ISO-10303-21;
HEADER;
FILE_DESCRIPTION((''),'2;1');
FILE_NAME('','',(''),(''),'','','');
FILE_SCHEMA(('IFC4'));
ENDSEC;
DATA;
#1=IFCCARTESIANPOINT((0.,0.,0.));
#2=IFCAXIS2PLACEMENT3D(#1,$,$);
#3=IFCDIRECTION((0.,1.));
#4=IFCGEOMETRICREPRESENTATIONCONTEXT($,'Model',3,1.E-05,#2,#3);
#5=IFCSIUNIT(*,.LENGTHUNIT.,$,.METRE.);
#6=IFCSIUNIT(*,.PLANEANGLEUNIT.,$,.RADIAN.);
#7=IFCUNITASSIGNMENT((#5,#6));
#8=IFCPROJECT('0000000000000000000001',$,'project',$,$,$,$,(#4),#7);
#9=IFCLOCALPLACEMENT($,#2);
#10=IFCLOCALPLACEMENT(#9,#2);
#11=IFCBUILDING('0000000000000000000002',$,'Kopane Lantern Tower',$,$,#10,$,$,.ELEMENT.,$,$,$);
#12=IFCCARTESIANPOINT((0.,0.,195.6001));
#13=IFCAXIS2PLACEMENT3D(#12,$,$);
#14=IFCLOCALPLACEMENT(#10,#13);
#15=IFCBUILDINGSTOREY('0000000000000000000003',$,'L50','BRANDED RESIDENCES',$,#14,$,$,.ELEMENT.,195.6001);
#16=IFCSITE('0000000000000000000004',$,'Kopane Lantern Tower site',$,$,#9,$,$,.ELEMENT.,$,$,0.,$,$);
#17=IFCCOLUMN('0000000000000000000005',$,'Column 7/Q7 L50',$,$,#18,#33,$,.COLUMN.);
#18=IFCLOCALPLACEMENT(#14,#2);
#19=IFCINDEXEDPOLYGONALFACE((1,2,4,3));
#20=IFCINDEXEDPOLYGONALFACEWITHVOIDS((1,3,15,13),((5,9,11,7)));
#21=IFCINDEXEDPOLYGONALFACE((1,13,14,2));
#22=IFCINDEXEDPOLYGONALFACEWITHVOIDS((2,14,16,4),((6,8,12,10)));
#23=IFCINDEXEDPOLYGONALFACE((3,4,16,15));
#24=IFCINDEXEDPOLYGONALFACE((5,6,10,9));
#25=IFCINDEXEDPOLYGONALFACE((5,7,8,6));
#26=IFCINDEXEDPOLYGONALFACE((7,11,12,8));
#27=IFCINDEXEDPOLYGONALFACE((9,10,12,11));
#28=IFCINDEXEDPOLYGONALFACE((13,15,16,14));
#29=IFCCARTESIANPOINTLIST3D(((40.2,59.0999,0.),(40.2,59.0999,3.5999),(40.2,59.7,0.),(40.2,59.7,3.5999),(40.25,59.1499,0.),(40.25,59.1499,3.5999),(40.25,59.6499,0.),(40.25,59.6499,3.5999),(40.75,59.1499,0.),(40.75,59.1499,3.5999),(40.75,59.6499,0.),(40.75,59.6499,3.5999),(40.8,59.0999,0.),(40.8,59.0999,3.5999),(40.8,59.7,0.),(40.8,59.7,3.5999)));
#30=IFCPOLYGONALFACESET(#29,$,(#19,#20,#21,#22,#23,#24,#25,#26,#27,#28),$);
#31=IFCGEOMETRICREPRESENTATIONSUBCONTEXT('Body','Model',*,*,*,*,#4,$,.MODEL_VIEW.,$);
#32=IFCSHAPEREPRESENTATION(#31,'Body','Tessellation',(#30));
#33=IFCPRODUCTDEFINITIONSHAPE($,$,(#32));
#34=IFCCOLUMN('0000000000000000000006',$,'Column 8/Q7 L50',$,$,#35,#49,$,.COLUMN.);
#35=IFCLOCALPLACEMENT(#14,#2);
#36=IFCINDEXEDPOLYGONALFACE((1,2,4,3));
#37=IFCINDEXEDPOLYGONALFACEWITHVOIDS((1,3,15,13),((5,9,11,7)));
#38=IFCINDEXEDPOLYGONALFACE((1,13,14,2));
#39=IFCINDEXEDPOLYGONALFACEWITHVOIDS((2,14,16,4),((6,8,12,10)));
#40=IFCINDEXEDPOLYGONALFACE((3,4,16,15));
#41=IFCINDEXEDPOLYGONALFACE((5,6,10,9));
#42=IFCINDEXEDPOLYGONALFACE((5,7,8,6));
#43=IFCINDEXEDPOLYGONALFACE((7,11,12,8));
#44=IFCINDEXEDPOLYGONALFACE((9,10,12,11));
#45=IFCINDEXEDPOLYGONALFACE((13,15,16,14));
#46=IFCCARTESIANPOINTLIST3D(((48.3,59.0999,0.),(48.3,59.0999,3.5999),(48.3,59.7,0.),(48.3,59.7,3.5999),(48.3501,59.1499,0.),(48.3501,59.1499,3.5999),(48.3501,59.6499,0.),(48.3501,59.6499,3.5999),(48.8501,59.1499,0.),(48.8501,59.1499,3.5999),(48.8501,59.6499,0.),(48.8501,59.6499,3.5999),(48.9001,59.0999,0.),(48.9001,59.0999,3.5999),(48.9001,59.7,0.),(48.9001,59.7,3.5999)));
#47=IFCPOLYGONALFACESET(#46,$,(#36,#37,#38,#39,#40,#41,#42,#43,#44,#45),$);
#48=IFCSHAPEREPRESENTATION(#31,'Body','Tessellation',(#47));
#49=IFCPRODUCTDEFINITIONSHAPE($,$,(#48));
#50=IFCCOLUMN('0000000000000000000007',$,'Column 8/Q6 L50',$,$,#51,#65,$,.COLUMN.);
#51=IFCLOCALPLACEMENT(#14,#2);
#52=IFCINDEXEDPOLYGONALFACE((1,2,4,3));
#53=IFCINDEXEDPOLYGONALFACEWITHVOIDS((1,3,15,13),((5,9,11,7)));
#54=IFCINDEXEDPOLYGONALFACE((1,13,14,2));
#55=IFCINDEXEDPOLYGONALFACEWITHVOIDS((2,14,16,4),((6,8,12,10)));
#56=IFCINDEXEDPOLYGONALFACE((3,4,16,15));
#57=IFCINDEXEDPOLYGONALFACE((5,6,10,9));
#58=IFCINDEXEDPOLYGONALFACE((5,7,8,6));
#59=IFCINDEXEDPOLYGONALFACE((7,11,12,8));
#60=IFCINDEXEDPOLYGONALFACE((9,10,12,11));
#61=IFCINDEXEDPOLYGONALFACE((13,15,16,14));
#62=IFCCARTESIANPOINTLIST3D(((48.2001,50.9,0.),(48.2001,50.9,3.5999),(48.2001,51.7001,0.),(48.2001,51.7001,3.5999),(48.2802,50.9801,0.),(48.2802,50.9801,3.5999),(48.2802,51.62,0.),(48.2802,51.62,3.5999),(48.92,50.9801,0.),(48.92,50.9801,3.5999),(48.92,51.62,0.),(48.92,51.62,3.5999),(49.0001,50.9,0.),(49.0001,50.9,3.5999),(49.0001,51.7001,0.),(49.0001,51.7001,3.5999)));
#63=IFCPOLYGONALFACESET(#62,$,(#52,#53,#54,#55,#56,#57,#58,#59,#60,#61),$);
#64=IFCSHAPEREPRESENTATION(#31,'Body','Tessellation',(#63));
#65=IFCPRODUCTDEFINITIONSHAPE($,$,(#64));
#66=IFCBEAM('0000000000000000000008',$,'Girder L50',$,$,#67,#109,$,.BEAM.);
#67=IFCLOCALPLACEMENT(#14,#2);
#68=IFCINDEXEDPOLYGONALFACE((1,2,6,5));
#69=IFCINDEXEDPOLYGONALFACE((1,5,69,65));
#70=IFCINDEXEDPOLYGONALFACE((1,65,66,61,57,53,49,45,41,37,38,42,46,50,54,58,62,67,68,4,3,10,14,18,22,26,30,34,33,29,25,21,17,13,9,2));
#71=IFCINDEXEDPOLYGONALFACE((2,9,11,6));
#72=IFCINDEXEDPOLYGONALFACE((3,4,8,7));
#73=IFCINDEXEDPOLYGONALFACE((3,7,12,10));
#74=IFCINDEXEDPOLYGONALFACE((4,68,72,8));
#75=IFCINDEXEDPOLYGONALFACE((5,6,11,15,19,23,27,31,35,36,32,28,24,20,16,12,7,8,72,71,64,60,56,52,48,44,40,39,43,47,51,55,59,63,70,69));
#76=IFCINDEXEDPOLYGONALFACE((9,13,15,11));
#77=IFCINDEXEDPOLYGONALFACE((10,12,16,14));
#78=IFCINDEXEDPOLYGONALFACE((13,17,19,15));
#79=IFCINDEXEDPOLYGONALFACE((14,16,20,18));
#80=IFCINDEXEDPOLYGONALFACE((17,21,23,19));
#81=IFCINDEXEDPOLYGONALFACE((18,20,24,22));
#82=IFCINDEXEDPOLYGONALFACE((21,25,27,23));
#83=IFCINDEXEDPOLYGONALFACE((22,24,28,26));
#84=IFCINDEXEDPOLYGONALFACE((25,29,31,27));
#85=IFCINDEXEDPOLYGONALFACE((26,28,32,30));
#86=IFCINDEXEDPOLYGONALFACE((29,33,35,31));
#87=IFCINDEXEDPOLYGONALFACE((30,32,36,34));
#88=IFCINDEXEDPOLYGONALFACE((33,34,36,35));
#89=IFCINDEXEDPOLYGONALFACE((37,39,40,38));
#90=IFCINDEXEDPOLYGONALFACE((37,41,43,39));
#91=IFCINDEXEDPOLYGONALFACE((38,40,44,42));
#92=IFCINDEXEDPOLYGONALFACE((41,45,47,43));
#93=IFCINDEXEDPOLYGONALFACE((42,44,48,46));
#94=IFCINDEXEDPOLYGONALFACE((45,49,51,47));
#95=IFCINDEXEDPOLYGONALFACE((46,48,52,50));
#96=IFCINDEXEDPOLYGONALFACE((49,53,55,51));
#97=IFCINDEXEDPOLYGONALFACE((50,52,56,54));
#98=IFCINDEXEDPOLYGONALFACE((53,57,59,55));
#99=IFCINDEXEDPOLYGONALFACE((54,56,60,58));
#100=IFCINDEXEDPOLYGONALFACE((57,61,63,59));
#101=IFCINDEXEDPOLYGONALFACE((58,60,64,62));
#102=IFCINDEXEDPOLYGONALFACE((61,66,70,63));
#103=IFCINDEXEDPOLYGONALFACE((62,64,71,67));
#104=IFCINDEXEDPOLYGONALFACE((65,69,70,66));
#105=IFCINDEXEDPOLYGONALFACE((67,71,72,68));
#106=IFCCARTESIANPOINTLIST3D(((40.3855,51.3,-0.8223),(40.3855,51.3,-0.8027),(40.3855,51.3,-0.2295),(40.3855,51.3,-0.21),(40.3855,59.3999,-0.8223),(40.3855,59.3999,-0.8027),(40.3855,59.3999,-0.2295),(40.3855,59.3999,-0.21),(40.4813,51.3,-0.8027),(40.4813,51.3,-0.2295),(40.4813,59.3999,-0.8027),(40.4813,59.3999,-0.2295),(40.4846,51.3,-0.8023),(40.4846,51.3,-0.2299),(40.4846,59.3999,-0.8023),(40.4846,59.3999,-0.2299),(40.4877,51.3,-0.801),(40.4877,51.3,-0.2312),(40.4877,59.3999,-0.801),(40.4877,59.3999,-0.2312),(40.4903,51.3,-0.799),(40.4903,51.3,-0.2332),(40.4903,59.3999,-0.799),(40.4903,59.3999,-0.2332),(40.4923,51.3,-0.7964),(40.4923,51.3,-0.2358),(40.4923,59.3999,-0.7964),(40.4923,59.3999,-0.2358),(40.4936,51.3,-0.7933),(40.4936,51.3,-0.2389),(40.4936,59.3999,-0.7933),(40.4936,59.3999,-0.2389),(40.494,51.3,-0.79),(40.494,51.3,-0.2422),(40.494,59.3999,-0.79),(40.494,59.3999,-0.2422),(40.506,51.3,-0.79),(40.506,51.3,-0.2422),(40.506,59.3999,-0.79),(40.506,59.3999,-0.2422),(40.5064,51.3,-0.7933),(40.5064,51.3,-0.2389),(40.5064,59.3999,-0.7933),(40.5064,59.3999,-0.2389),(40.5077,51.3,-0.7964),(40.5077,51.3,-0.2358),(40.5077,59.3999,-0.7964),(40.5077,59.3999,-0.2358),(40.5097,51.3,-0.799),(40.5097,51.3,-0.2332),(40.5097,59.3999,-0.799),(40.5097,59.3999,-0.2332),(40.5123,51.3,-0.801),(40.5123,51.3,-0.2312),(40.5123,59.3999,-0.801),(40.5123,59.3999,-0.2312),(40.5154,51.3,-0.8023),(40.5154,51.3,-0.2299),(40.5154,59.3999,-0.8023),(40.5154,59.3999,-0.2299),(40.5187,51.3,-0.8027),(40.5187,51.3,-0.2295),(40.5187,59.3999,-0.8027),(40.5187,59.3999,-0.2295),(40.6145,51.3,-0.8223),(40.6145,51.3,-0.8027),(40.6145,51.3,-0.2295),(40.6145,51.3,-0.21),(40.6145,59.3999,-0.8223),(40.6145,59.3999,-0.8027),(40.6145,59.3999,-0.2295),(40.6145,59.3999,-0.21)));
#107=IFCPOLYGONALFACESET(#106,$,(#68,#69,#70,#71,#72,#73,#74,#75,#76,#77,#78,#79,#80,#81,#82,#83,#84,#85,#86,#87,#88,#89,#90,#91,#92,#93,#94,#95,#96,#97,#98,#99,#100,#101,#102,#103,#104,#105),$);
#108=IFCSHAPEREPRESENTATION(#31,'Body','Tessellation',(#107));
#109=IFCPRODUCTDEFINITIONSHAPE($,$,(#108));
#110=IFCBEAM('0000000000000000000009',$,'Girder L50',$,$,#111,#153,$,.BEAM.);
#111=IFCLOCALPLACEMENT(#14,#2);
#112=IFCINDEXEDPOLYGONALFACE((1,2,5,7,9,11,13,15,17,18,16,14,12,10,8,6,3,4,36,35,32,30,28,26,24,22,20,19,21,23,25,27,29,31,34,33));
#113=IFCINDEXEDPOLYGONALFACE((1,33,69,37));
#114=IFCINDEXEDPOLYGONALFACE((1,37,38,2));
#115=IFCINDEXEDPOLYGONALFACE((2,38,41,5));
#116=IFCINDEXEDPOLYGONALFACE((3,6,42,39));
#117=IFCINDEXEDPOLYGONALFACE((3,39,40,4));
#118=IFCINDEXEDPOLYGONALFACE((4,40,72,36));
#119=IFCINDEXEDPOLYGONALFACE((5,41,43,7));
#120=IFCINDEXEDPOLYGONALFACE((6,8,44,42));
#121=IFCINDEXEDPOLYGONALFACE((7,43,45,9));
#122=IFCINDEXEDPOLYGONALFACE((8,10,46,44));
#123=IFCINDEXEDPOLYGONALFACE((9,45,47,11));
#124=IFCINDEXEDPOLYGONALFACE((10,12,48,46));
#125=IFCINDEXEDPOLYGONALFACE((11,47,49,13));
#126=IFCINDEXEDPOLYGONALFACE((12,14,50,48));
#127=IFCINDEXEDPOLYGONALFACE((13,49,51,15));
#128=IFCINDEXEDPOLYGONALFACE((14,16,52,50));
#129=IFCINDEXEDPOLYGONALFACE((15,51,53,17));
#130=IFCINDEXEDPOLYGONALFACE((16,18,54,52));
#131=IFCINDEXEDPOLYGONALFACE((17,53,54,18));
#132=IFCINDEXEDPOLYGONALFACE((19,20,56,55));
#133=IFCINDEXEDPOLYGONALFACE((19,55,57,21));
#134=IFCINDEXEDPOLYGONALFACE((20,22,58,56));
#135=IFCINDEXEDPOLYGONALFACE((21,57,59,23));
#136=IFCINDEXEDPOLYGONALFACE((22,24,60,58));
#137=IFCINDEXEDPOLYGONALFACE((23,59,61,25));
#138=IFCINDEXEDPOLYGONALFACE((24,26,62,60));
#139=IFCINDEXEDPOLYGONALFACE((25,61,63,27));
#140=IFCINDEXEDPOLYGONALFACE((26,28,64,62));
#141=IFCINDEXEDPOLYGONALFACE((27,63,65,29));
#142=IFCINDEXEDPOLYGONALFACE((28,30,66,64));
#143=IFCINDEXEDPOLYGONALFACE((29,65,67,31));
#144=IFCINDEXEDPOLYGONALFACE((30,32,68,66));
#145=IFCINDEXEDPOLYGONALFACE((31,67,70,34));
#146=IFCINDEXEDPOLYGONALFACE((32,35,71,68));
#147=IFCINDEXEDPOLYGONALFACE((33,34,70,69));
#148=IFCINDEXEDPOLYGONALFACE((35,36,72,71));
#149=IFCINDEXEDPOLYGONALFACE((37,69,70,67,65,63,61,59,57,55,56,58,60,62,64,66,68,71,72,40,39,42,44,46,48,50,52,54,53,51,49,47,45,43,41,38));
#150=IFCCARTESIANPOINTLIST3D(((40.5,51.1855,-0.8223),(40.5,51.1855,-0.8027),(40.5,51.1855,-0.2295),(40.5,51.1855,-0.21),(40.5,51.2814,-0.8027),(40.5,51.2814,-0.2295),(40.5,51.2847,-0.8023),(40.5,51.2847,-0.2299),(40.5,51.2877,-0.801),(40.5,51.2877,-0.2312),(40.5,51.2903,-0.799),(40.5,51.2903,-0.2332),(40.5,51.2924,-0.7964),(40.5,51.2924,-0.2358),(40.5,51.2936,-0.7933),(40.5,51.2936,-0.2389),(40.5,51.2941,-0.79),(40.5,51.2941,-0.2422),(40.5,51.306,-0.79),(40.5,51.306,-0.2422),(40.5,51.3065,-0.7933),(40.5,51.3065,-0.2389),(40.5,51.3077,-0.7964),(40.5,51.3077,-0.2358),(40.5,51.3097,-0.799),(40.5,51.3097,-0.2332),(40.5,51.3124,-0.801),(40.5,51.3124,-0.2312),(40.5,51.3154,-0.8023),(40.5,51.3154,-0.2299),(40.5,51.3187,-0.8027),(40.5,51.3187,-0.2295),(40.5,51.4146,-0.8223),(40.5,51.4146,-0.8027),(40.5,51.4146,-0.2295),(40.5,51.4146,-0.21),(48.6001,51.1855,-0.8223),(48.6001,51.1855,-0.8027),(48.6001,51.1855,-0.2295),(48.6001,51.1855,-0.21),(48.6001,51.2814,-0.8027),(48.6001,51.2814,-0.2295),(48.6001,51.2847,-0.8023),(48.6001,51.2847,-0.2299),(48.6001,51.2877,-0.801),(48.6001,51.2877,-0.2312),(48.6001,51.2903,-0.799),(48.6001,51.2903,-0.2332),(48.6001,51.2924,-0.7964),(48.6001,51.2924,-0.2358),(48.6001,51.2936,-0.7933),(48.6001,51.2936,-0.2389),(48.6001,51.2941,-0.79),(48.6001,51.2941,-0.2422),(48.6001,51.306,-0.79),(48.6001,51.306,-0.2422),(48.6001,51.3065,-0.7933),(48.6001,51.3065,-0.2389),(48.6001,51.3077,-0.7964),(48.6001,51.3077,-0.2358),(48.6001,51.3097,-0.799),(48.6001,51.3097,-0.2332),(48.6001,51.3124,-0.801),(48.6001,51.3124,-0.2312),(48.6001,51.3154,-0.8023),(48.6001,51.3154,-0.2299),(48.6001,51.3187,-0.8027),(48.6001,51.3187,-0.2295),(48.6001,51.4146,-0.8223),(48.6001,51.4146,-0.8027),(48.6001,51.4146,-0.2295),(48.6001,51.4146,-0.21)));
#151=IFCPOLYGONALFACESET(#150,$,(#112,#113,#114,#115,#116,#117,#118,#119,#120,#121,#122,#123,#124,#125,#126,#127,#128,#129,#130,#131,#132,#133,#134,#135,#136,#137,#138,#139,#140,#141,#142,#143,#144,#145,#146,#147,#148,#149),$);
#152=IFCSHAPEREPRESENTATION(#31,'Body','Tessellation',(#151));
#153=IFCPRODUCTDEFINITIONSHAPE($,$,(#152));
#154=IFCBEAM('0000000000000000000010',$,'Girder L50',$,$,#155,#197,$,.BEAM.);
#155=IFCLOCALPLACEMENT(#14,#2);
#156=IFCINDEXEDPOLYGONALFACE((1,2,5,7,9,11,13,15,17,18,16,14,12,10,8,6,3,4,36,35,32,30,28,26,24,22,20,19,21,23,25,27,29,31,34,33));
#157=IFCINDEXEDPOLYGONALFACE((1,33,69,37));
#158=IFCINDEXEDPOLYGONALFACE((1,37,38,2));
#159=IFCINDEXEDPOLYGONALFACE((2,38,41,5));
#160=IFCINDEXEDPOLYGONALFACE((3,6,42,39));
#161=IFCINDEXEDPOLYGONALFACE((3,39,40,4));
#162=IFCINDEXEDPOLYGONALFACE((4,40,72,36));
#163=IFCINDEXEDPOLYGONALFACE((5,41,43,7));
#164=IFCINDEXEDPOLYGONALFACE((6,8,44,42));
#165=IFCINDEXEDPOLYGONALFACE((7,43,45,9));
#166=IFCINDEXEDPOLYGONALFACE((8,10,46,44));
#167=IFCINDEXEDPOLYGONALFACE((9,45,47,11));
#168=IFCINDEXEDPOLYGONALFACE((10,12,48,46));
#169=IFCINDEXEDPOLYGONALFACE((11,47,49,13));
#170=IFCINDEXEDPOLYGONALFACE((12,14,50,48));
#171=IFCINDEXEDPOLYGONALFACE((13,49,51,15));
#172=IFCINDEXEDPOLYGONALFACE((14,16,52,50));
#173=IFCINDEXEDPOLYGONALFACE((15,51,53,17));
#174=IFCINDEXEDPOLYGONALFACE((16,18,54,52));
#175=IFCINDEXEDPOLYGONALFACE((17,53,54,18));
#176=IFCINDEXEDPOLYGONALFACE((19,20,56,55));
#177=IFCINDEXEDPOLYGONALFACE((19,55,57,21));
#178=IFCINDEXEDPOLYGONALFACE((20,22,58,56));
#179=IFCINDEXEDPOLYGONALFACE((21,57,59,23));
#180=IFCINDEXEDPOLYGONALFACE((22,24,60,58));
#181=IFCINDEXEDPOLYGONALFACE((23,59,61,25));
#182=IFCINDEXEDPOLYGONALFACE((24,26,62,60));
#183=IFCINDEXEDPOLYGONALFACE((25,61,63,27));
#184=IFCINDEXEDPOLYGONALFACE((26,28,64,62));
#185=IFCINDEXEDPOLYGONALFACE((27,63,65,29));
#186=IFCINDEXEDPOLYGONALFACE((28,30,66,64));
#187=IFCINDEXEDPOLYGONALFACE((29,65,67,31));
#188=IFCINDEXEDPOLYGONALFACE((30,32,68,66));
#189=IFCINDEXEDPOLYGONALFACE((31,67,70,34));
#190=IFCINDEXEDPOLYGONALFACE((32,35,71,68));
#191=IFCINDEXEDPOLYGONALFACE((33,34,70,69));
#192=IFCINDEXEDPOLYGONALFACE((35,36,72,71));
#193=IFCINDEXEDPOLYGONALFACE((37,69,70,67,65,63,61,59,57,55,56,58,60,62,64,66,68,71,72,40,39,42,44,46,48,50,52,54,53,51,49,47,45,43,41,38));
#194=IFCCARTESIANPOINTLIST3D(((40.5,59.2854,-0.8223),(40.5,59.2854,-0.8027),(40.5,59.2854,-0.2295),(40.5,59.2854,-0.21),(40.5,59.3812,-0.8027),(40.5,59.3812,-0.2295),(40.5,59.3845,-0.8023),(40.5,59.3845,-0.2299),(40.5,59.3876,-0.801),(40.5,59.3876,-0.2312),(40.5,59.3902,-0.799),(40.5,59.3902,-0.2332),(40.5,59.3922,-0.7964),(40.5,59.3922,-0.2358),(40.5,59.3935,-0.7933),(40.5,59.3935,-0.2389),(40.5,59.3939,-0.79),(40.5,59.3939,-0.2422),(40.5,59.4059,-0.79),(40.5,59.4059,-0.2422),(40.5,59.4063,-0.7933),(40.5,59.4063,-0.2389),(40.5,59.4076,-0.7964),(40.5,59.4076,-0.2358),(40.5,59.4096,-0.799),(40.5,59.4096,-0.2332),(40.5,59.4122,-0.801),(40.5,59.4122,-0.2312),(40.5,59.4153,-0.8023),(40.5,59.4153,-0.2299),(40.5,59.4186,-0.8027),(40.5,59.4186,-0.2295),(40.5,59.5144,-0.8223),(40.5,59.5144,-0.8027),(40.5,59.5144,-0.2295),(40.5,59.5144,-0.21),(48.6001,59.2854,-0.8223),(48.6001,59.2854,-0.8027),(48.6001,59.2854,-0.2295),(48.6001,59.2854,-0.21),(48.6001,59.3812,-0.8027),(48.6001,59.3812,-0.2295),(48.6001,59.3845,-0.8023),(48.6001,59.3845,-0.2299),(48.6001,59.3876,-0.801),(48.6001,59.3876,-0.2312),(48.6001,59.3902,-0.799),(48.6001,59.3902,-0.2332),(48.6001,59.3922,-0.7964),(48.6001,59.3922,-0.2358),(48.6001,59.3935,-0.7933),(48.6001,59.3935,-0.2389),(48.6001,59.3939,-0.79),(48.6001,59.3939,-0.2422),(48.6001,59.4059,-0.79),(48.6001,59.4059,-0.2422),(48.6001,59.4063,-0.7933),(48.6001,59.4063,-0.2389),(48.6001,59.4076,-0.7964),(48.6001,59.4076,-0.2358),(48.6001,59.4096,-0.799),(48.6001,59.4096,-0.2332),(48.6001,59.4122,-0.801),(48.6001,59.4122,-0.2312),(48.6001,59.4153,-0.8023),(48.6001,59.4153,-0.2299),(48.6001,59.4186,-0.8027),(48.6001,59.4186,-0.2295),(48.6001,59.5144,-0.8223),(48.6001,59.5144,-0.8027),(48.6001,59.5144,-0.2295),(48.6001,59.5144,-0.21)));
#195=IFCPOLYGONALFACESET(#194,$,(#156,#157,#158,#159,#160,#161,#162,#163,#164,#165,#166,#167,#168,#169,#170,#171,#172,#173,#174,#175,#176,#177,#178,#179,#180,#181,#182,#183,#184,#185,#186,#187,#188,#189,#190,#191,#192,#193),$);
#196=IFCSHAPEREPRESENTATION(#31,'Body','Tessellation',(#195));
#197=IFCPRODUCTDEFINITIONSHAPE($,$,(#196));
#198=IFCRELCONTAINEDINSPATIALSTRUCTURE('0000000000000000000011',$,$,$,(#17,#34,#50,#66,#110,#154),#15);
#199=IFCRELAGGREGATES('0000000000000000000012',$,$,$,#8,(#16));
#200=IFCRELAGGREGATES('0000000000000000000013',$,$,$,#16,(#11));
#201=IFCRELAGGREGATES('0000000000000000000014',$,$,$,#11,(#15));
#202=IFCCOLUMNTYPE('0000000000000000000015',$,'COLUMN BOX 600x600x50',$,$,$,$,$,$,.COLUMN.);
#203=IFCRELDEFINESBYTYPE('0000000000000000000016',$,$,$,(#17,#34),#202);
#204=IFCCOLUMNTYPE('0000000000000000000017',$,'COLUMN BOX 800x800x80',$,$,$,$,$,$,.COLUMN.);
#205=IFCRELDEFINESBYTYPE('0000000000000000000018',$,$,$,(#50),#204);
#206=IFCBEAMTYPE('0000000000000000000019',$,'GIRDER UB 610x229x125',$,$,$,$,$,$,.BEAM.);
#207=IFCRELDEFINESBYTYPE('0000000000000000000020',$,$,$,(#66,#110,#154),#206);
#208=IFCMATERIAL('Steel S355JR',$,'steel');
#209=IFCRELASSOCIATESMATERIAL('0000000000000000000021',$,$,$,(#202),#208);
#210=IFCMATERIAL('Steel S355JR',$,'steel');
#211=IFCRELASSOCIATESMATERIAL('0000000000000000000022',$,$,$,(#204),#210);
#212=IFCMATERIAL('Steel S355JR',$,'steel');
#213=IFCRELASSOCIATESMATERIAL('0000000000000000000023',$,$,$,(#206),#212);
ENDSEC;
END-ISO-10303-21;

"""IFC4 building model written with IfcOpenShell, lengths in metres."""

from ifc_helpers import new_model, si_unit, direction, frame, origin, origin_2d, place, context, subcontext, project, spatial, hollow_rectangle, i_section, extrude, material, material_profile, profile_set, type_object, element, save


model = new_model("IFC4")

# Units and contexts
model_context = context("Model", 3, precision=1e-05, world=origin(), true_north=direction((0.0, 1.0)))
body_context = subcontext(model_context, "Body", "Model", "MODEL_VIEW")
ifc_project = project(units=[si_unit("LENGTHUNIT", "METRE"), si_unit("PLANEANGLEUNIT", "RADIAN")], contexts=[model_context])

# Site, building, storey
site_placement = place(None, origin())
site = spatial("IfcSite", under=ifc_project, at=site_placement, Name="Kopane Lantern Tower site", CompositionType="ELEMENT", RefElevation=0.0)
building_placement = place(site_placement, origin())
building = spatial("IfcBuilding", under=site, at=building_placement, Name="Kopane Lantern Tower", CompositionType="ELEMENT")
storey_placement = place(building_placement, frame((0.0, 0.0, 195.6001)))
storey = spatial("IfcBuildingStorey", under=building, at=storey_placement, Name="L50", Description="BRANDED RESIDENCES", CompositionType="ELEMENT", Elevation=195.6001)

# Columns
ifc_material_1 = material(Name="Steel S355JR", Category="steel")
ifc_material_profile_1 = material_profile(ifc_material_1, hollow_rectangle(XDim=0.6001, YDim=0.6001, WallThickness=0.05, at=origin_2d()), Name="BOX 600x600x50")
ifc_profile_set_1 = profile_set([ifc_material_profile_1], Name="Steel S355JR")
column_type_1 = type_object("IfcColumnType", Name="COLUMN BOX 600x600x50", PredefinedType="COLUMN", material=ifc_profile_set_1)
for number, where, z_axis, x_axis, name in (
    (1, (40.5, 59.3999, 0.0), (0.0, 0.0, 1.0), (1.0, 0.0, 0.0), "Column 7/Q7 L50"),
    (2, (48.6001, 59.3999, 0.0), (0.0, 0.0, 1.0), (1.0, 0.0, 0.0), "Column 8/Q7 L50"),
):
    element("IfcColumn", number, at=place(storey_placement, frame(where, z_axis=z_axis, x_axis=x_axis)), inside=storey, type_object=column_type_1, Name=name, PredefinedType="COLUMN", context=body_context, shape_type="SweptSolid", body=[
        extrude(hollow_rectangle(XDim=0.6001, YDim=0.6001, WallThickness=0.05, at=origin_2d()), origin(), (0.0, 0.0, 1.0), 3.5999),
    ])
ifc_material_2 = material(Name="Steel S355JR", Category="steel")
ifc_material_profile_2 = material_profile(ifc_material_2, hollow_rectangle(XDim=0.8, YDim=0.8, WallThickness=0.0801, at=origin_2d()), Name="BOX 800x800x80")
ifc_profile_set_2 = profile_set([ifc_material_profile_2], Name="Steel S355JR")
column_type_2 = type_object("IfcColumnType", Name="COLUMN BOX 800x800x80", PredefinedType="COLUMN", material=ifc_profile_set_2)
column_placement = place(storey_placement, frame((48.6001, 51.3, 0.0), z_axis=(0.0, 0.0, 1.0), x_axis=(1.0, 0.0, 0.0)))
element("IfcColumn", 3, at=column_placement, inside=storey, type_object=column_type_2, Name="Column 8/Q6 L50", PredefinedType="COLUMN", context=body_context, shape_type="SweptSolid", body=[
    extrude(hollow_rectangle(XDim=0.8, YDim=0.8, WallThickness=0.0801, at=origin_2d()), origin(), (0.0, 0.0, 1.0), 3.5999),
])

# Beams
ifc_material_3 = material(Name="Steel S355JR", Category="steel")
ifc_material_profile_3 = material_profile(ifc_material_3, i_section(OverallWidth=0.229, OverallDepth=0.6123, WebThickness=0.012, FlangeThickness=0.0195, FilletRadius=0.0127, at=origin_2d()), Name="UB 610x229x125")
ifc_profile_set_3 = profile_set([ifc_material_profile_3], Name="Steel S355JR")
beam_type = type_object("IfcBeamType", Name="GIRDER UB 610x229x125", PredefinedType="BEAM", material=ifc_profile_set_3)
beam_placement = place(storey_placement, frame((40.5, 51.3, -0.5161), z_axis=(0.0, 1.0, 0.0), x_axis=(-1.0, 0.0, 0.0)))
element("IfcBeam", 4, at=beam_placement, inside=storey, type_object=beam_type, Name="Girder L50", PredefinedType="BEAM", context=body_context, shape_type="SweptSolid", body=[
    extrude(i_section(OverallWidth=0.229, OverallDepth=0.6123, WebThickness=0.012, FlangeThickness=0.0195, FilletRadius=0.0127, at=origin_2d()), origin(), (0.0, 0.0, 1.0), 8.0999),
])
for number, where, z_axis, x_axis, name in (
    (5, (40.5, 51.3, -0.5161), (1.0, 0.0, 0.0), (0.0, 1.0, 0.0), "Girder L50"),
    (6, (40.5, 59.3999, -0.5161), (1.0, 0.0, 0.0), (0.0, 1.0, 0.0), "Girder L50"),
):
    element("IfcBeam", number, at=place(storey_placement, frame(where, z_axis=z_axis, x_axis=x_axis)), inside=storey, type_object=beam_type, Name=name, PredefinedType="BEAM", context=body_context, shape_type="SweptSolid", body=[
        extrude(i_section(OverallWidth=0.229, OverallDepth=0.6123, WebThickness=0.012, FlangeThickness=0.0195, FilletRadius=0.0127, at=origin_2d()), origin(), (0.0, 0.0, 1.0), 8.1001),
    ])

save(model, "model.ifc")
